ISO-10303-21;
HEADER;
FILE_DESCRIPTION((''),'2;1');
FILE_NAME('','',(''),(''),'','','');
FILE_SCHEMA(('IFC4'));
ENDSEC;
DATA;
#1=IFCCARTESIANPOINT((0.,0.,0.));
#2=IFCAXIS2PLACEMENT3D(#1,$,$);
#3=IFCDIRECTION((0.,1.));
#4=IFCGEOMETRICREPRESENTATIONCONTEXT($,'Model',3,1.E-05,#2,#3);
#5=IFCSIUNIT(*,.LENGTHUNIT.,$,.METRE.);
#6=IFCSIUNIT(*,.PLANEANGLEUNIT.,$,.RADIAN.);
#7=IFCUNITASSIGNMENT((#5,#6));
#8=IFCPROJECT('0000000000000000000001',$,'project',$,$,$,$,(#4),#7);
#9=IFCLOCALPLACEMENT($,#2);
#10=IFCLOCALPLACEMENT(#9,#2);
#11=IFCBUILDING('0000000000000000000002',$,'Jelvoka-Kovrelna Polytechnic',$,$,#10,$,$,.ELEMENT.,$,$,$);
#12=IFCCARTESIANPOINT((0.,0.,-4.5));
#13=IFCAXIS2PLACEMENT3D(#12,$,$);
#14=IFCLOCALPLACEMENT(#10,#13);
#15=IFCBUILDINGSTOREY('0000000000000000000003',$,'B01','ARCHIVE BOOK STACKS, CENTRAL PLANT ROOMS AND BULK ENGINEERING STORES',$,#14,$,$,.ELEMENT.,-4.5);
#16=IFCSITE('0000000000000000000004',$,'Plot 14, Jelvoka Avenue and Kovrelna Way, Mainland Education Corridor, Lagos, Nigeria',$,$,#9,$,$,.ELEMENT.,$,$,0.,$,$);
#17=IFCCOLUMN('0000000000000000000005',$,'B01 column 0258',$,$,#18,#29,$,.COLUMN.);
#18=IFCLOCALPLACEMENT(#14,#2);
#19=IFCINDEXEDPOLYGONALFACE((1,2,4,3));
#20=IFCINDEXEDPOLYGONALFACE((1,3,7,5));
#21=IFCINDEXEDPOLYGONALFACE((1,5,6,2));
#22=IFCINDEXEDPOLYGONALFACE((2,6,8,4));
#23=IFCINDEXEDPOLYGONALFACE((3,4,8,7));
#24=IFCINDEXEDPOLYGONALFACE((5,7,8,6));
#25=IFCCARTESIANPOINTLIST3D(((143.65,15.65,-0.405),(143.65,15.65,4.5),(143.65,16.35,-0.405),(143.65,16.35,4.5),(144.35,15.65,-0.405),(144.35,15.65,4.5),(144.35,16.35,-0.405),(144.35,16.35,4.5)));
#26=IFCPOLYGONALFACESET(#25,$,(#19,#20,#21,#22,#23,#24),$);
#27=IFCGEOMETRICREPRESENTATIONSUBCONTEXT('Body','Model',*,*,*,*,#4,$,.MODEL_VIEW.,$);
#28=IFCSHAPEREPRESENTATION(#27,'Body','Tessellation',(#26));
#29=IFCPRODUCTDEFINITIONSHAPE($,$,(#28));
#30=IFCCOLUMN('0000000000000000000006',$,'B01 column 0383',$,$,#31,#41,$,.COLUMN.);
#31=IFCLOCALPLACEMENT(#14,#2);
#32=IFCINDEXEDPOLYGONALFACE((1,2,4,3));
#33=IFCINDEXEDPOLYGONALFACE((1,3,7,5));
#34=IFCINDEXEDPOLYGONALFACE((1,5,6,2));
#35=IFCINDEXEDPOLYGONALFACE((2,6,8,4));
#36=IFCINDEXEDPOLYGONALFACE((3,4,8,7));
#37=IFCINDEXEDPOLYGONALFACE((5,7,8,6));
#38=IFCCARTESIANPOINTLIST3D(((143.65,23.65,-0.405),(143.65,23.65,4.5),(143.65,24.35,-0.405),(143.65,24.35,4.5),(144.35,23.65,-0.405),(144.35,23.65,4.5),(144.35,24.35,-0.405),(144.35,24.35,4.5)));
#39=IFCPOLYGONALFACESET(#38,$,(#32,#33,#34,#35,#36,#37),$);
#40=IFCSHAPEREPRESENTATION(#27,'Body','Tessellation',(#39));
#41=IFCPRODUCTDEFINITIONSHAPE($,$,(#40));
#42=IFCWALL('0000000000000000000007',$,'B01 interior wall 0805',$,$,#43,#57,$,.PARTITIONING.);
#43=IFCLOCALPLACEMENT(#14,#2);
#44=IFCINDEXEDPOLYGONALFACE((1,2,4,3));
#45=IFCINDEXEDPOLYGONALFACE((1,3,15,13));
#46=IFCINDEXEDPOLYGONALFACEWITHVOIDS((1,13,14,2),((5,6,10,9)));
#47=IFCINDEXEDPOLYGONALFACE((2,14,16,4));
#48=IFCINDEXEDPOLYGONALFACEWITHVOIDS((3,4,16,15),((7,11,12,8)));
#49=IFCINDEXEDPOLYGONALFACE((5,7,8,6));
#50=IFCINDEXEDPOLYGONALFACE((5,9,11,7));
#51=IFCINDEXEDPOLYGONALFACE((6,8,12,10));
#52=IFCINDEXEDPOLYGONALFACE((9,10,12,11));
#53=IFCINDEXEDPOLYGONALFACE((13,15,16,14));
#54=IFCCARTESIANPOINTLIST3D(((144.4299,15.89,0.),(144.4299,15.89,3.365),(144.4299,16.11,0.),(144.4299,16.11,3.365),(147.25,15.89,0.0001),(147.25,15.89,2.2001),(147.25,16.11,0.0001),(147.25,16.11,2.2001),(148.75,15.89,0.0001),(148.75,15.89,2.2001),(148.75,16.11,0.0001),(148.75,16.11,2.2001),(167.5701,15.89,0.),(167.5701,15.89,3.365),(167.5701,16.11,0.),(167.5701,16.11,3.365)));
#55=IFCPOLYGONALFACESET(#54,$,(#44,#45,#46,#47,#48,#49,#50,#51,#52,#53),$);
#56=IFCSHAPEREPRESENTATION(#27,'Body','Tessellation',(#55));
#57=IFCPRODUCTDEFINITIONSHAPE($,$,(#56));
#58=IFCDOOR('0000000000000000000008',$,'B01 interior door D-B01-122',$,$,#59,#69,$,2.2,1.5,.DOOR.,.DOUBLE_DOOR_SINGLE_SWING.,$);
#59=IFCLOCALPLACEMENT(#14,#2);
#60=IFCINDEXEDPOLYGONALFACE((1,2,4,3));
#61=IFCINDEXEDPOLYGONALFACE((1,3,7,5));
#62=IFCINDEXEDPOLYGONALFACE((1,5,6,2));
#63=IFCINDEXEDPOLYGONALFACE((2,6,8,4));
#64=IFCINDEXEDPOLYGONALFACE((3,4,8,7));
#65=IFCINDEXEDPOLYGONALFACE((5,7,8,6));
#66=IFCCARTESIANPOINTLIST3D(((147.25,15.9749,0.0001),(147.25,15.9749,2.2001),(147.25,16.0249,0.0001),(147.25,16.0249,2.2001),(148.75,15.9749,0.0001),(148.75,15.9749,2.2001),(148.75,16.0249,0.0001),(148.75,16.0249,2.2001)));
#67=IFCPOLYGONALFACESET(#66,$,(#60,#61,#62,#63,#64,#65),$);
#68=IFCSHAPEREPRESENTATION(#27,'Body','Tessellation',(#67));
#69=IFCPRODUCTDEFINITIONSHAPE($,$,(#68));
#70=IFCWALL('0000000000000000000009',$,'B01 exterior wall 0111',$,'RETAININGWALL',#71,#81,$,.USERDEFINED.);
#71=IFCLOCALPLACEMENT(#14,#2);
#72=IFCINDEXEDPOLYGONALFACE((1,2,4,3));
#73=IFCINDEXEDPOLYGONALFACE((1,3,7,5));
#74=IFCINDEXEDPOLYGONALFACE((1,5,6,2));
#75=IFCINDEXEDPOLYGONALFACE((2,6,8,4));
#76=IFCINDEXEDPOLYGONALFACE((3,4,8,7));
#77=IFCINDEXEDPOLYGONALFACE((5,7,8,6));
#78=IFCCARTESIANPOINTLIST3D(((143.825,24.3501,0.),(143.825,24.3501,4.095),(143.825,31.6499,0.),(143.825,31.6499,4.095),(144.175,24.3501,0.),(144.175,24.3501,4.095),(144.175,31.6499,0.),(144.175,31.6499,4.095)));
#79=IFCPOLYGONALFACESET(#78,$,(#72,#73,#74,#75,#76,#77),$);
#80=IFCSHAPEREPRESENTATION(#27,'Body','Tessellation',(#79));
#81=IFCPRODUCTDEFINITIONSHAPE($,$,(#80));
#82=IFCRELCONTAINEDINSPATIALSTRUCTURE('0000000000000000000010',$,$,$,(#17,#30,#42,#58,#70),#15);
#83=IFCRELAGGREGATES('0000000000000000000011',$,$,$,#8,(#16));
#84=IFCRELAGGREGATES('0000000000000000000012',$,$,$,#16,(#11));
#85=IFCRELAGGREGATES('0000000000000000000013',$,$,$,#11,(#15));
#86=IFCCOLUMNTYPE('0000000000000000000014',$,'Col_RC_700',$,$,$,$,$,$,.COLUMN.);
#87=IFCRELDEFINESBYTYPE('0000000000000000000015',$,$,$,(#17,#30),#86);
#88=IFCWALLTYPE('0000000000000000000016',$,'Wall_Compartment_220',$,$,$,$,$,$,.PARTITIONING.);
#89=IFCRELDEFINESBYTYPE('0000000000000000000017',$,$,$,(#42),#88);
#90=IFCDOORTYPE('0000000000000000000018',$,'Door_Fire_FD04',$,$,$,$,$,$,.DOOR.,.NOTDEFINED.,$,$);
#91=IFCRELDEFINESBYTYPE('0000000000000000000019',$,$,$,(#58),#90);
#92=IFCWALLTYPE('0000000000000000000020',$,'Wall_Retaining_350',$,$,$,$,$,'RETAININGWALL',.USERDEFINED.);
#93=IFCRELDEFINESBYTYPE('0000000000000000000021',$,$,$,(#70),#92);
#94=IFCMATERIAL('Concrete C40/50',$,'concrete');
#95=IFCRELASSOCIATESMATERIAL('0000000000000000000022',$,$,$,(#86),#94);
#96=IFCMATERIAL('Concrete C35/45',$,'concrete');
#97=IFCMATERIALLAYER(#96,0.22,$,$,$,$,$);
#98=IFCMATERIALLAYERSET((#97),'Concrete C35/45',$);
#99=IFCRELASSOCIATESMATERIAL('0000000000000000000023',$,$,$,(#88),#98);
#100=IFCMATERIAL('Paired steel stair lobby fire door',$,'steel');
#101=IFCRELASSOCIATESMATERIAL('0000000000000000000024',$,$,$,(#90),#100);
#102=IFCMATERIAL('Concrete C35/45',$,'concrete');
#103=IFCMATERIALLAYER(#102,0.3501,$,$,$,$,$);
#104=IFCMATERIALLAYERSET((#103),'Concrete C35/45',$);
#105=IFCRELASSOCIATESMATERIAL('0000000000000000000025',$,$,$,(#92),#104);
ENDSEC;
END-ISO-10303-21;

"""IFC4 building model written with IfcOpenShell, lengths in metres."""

from ifc_helpers import new_model, si_unit, direction, frame, frame_2d, origin, origin_2d, place, context, subcontext, project, spatial, rectangle, extrude, material, layer, layer_set, material_profile, profile_set, type_object, element, fill, save


model = new_model("IFC4")

# Units and contexts
model_context = context("Model", 3, precision=1e-05, world=origin(), true_north=direction((0.0, 1.0)))
body_context = subcontext(model_context, "Body", "Model", "MODEL_VIEW")
ifc_project = project(units=[si_unit("LENGTHUNIT", "METRE"), si_unit("PLANEANGLEUNIT", "RADIAN")], contexts=[model_context])

# Site, building, storey
site_placement = place(None, origin())
site = spatial("IfcSite", under=ifc_project, at=site_placement, Name="Plot 14, Jelvoka Avenue and Kovrelna Way, Mainland Education Corridor, Lagos, Nigeria", CompositionType="ELEMENT", RefElevation=0.0)
building_placement = place(site_placement, origin())
building = spatial("IfcBuilding", under=site, at=building_placement, Name="Jelvoka-Kovrelna Polytechnic", CompositionType="ELEMENT")
storey_placement = place(building_placement, frame((0.0, 0.0, -4.5)))
storey = spatial("IfcBuildingStorey", under=building, at=storey_placement, Name="B01", Description="ARCHIVE BOOK STACKS, CENTRAL PLANT ROOMS AND BULK ENGINEERING STORES", CompositionType="ELEMENT", Elevation=-4.5)

# Columns
ifc_material_1 = material(Name="Concrete C40/50", Category="concrete")
ifc_material_profile_1 = material_profile(ifc_material_1, rectangle(XDim=0.7, YDim=0.7, at=origin_2d()), Name="RC 700x700")
ifc_profile_set_1 = profile_set([ifc_material_profile_1], Name="Concrete C40/50")
column_type = type_object("IfcColumnType", Name="Col_RC_700", PredefinedType="COLUMN", material=ifc_profile_set_1)
for number, where, z_axis, x_axis, name in (
    (1, (144.0, 16.0, -0.405), (0.0, 0.0, 1.0), (1.0, 0.0, 0.0), "B01 column 0258"),
    (2, (144.0, 24.0, -0.405), (0.0, 0.0, 1.0), (1.0, 0.0, 0.0), "B01 column 0383"),
):
    element("IfcColumn", number, at=place(storey_placement, frame(where, z_axis=z_axis, x_axis=x_axis)), inside=storey, type_object=column_type, Name=name, PredefinedType="COLUMN", context=body_context, shape_type="SweptSolid", body=[
        extrude(rectangle(XDim=0.7, YDim=0.7, at=origin_2d()), origin(), (0.0, 0.0, 1.0), 4.905),
    ])

# Wall, opening, door
ifc_material_2 = material(Name="Concrete C35/45", Category="concrete")
ifc_layer_1 = layer(ifc_material_2, 0.22)
ifc_layer_set_1 = layer_set([ifc_layer_1], Name="Concrete C35/45")
wall_type_1 = type_object("IfcWallType", Name="Wall_Compartment_220", PredefinedType="PARTITIONING", material=ifc_layer_set_1)
wall_1_placement = place(storey_placement, frame((144.4299, 16.0, 0.0), z_axis=(0.0, 0.0, 1.0), x_axis=(1.0, 0.0, 0.0)))
wall_1 = element("IfcWall", 3, at=wall_1_placement, inside=storey, type_object=wall_type_1, Name="B01 interior wall 0805", PredefinedType="PARTITIONING", context=body_context, shape_type="SweptSolid", body=[
    extrude(rectangle(XDim=23.1401, YDim=0.22, at=frame_2d((11.5701, 0.0))), origin(), (0.0, 0.0, 1.0), 3.365),
])
opening_placement = place(wall_1_placement, frame((2.8201, 0.0, 0.0)))
opening = element("IfcOpeningElement", 4, at=opening_placement, cuts=wall_1, PredefinedType="OPENING", context=body_context, shape_type="SweptSolid", body=[
    extrude(rectangle(XDim=1.5, YDim=2.2, at=frame_2d((0.75, 1.1001))), frame((0.0, 0.1199, 0.0), z_axis=(0.0, -1.0, 0.0), x_axis=(1.0, 0.0, 0.0)), (0.0, 0.0, 1.0), 0.24),
])
ifc_material_3 = material(Name="Paired steel stair lobby fire door", Category="steel")
door_type = type_object("IfcDoorType", Name="Door_Fire_FD04", OperationType="NOTDEFINED", PredefinedType="DOOR", material=ifc_material_3)
door_placement = place(opening_placement, origin())
door = element("IfcDoor", 5, at=door_placement, inside=storey, type_object=door_type, Name="B01 interior door D-B01-122", OperationType="DOUBLE_DOOR_SINGLE_SWING", OverallHeight=2.2, OverallWidth=1.5, PredefinedType="DOOR", context=body_context, shape_type="SweptSolid", body=[
    extrude(rectangle(XDim=1.5, YDim=2.2, at=frame_2d((0.75, 1.1001))), frame((0.0, 0.0249, 0.0), z_axis=(0.0, -1.0, 0.0), x_axis=(1.0, 0.0, 0.0)), (0.0, 0.0, 1.0), 0.05),
])
fill(opening, door)

# Wall
ifc_material_4 = material(Name="Concrete C35/45", Category="concrete")
ifc_layer_2 = layer(ifc_material_4, 0.3501)
ifc_layer_set_2 = layer_set([ifc_layer_2], Name="Concrete C35/45")
wall_type_2 = type_object("IfcWallType", Name="Wall_Retaining_350", ElementType="RETAININGWALL", PredefinedType="USERDEFINED", material=ifc_layer_set_2)
wall_2_placement = place(storey_placement, frame((144.0, 24.3501, 0.0), z_axis=(0.0, 0.0, 1.0), x_axis=(0.0, 1.0, 0.0)))
element("IfcWall", 6, at=wall_2_placement, inside=storey, type_object=wall_type_2, Name="B01 exterior wall 0111", ObjectType="RETAININGWALL", PredefinedType="USERDEFINED", context=body_context, shape_type="SweptSolid", body=[
    extrude(rectangle(XDim=7.2998, YDim=0.3501, at=frame_2d((3.6499, 0.0))), origin(), (0.0, 0.0, 1.0), 4.095),
])

save(model, "model.ifc")
